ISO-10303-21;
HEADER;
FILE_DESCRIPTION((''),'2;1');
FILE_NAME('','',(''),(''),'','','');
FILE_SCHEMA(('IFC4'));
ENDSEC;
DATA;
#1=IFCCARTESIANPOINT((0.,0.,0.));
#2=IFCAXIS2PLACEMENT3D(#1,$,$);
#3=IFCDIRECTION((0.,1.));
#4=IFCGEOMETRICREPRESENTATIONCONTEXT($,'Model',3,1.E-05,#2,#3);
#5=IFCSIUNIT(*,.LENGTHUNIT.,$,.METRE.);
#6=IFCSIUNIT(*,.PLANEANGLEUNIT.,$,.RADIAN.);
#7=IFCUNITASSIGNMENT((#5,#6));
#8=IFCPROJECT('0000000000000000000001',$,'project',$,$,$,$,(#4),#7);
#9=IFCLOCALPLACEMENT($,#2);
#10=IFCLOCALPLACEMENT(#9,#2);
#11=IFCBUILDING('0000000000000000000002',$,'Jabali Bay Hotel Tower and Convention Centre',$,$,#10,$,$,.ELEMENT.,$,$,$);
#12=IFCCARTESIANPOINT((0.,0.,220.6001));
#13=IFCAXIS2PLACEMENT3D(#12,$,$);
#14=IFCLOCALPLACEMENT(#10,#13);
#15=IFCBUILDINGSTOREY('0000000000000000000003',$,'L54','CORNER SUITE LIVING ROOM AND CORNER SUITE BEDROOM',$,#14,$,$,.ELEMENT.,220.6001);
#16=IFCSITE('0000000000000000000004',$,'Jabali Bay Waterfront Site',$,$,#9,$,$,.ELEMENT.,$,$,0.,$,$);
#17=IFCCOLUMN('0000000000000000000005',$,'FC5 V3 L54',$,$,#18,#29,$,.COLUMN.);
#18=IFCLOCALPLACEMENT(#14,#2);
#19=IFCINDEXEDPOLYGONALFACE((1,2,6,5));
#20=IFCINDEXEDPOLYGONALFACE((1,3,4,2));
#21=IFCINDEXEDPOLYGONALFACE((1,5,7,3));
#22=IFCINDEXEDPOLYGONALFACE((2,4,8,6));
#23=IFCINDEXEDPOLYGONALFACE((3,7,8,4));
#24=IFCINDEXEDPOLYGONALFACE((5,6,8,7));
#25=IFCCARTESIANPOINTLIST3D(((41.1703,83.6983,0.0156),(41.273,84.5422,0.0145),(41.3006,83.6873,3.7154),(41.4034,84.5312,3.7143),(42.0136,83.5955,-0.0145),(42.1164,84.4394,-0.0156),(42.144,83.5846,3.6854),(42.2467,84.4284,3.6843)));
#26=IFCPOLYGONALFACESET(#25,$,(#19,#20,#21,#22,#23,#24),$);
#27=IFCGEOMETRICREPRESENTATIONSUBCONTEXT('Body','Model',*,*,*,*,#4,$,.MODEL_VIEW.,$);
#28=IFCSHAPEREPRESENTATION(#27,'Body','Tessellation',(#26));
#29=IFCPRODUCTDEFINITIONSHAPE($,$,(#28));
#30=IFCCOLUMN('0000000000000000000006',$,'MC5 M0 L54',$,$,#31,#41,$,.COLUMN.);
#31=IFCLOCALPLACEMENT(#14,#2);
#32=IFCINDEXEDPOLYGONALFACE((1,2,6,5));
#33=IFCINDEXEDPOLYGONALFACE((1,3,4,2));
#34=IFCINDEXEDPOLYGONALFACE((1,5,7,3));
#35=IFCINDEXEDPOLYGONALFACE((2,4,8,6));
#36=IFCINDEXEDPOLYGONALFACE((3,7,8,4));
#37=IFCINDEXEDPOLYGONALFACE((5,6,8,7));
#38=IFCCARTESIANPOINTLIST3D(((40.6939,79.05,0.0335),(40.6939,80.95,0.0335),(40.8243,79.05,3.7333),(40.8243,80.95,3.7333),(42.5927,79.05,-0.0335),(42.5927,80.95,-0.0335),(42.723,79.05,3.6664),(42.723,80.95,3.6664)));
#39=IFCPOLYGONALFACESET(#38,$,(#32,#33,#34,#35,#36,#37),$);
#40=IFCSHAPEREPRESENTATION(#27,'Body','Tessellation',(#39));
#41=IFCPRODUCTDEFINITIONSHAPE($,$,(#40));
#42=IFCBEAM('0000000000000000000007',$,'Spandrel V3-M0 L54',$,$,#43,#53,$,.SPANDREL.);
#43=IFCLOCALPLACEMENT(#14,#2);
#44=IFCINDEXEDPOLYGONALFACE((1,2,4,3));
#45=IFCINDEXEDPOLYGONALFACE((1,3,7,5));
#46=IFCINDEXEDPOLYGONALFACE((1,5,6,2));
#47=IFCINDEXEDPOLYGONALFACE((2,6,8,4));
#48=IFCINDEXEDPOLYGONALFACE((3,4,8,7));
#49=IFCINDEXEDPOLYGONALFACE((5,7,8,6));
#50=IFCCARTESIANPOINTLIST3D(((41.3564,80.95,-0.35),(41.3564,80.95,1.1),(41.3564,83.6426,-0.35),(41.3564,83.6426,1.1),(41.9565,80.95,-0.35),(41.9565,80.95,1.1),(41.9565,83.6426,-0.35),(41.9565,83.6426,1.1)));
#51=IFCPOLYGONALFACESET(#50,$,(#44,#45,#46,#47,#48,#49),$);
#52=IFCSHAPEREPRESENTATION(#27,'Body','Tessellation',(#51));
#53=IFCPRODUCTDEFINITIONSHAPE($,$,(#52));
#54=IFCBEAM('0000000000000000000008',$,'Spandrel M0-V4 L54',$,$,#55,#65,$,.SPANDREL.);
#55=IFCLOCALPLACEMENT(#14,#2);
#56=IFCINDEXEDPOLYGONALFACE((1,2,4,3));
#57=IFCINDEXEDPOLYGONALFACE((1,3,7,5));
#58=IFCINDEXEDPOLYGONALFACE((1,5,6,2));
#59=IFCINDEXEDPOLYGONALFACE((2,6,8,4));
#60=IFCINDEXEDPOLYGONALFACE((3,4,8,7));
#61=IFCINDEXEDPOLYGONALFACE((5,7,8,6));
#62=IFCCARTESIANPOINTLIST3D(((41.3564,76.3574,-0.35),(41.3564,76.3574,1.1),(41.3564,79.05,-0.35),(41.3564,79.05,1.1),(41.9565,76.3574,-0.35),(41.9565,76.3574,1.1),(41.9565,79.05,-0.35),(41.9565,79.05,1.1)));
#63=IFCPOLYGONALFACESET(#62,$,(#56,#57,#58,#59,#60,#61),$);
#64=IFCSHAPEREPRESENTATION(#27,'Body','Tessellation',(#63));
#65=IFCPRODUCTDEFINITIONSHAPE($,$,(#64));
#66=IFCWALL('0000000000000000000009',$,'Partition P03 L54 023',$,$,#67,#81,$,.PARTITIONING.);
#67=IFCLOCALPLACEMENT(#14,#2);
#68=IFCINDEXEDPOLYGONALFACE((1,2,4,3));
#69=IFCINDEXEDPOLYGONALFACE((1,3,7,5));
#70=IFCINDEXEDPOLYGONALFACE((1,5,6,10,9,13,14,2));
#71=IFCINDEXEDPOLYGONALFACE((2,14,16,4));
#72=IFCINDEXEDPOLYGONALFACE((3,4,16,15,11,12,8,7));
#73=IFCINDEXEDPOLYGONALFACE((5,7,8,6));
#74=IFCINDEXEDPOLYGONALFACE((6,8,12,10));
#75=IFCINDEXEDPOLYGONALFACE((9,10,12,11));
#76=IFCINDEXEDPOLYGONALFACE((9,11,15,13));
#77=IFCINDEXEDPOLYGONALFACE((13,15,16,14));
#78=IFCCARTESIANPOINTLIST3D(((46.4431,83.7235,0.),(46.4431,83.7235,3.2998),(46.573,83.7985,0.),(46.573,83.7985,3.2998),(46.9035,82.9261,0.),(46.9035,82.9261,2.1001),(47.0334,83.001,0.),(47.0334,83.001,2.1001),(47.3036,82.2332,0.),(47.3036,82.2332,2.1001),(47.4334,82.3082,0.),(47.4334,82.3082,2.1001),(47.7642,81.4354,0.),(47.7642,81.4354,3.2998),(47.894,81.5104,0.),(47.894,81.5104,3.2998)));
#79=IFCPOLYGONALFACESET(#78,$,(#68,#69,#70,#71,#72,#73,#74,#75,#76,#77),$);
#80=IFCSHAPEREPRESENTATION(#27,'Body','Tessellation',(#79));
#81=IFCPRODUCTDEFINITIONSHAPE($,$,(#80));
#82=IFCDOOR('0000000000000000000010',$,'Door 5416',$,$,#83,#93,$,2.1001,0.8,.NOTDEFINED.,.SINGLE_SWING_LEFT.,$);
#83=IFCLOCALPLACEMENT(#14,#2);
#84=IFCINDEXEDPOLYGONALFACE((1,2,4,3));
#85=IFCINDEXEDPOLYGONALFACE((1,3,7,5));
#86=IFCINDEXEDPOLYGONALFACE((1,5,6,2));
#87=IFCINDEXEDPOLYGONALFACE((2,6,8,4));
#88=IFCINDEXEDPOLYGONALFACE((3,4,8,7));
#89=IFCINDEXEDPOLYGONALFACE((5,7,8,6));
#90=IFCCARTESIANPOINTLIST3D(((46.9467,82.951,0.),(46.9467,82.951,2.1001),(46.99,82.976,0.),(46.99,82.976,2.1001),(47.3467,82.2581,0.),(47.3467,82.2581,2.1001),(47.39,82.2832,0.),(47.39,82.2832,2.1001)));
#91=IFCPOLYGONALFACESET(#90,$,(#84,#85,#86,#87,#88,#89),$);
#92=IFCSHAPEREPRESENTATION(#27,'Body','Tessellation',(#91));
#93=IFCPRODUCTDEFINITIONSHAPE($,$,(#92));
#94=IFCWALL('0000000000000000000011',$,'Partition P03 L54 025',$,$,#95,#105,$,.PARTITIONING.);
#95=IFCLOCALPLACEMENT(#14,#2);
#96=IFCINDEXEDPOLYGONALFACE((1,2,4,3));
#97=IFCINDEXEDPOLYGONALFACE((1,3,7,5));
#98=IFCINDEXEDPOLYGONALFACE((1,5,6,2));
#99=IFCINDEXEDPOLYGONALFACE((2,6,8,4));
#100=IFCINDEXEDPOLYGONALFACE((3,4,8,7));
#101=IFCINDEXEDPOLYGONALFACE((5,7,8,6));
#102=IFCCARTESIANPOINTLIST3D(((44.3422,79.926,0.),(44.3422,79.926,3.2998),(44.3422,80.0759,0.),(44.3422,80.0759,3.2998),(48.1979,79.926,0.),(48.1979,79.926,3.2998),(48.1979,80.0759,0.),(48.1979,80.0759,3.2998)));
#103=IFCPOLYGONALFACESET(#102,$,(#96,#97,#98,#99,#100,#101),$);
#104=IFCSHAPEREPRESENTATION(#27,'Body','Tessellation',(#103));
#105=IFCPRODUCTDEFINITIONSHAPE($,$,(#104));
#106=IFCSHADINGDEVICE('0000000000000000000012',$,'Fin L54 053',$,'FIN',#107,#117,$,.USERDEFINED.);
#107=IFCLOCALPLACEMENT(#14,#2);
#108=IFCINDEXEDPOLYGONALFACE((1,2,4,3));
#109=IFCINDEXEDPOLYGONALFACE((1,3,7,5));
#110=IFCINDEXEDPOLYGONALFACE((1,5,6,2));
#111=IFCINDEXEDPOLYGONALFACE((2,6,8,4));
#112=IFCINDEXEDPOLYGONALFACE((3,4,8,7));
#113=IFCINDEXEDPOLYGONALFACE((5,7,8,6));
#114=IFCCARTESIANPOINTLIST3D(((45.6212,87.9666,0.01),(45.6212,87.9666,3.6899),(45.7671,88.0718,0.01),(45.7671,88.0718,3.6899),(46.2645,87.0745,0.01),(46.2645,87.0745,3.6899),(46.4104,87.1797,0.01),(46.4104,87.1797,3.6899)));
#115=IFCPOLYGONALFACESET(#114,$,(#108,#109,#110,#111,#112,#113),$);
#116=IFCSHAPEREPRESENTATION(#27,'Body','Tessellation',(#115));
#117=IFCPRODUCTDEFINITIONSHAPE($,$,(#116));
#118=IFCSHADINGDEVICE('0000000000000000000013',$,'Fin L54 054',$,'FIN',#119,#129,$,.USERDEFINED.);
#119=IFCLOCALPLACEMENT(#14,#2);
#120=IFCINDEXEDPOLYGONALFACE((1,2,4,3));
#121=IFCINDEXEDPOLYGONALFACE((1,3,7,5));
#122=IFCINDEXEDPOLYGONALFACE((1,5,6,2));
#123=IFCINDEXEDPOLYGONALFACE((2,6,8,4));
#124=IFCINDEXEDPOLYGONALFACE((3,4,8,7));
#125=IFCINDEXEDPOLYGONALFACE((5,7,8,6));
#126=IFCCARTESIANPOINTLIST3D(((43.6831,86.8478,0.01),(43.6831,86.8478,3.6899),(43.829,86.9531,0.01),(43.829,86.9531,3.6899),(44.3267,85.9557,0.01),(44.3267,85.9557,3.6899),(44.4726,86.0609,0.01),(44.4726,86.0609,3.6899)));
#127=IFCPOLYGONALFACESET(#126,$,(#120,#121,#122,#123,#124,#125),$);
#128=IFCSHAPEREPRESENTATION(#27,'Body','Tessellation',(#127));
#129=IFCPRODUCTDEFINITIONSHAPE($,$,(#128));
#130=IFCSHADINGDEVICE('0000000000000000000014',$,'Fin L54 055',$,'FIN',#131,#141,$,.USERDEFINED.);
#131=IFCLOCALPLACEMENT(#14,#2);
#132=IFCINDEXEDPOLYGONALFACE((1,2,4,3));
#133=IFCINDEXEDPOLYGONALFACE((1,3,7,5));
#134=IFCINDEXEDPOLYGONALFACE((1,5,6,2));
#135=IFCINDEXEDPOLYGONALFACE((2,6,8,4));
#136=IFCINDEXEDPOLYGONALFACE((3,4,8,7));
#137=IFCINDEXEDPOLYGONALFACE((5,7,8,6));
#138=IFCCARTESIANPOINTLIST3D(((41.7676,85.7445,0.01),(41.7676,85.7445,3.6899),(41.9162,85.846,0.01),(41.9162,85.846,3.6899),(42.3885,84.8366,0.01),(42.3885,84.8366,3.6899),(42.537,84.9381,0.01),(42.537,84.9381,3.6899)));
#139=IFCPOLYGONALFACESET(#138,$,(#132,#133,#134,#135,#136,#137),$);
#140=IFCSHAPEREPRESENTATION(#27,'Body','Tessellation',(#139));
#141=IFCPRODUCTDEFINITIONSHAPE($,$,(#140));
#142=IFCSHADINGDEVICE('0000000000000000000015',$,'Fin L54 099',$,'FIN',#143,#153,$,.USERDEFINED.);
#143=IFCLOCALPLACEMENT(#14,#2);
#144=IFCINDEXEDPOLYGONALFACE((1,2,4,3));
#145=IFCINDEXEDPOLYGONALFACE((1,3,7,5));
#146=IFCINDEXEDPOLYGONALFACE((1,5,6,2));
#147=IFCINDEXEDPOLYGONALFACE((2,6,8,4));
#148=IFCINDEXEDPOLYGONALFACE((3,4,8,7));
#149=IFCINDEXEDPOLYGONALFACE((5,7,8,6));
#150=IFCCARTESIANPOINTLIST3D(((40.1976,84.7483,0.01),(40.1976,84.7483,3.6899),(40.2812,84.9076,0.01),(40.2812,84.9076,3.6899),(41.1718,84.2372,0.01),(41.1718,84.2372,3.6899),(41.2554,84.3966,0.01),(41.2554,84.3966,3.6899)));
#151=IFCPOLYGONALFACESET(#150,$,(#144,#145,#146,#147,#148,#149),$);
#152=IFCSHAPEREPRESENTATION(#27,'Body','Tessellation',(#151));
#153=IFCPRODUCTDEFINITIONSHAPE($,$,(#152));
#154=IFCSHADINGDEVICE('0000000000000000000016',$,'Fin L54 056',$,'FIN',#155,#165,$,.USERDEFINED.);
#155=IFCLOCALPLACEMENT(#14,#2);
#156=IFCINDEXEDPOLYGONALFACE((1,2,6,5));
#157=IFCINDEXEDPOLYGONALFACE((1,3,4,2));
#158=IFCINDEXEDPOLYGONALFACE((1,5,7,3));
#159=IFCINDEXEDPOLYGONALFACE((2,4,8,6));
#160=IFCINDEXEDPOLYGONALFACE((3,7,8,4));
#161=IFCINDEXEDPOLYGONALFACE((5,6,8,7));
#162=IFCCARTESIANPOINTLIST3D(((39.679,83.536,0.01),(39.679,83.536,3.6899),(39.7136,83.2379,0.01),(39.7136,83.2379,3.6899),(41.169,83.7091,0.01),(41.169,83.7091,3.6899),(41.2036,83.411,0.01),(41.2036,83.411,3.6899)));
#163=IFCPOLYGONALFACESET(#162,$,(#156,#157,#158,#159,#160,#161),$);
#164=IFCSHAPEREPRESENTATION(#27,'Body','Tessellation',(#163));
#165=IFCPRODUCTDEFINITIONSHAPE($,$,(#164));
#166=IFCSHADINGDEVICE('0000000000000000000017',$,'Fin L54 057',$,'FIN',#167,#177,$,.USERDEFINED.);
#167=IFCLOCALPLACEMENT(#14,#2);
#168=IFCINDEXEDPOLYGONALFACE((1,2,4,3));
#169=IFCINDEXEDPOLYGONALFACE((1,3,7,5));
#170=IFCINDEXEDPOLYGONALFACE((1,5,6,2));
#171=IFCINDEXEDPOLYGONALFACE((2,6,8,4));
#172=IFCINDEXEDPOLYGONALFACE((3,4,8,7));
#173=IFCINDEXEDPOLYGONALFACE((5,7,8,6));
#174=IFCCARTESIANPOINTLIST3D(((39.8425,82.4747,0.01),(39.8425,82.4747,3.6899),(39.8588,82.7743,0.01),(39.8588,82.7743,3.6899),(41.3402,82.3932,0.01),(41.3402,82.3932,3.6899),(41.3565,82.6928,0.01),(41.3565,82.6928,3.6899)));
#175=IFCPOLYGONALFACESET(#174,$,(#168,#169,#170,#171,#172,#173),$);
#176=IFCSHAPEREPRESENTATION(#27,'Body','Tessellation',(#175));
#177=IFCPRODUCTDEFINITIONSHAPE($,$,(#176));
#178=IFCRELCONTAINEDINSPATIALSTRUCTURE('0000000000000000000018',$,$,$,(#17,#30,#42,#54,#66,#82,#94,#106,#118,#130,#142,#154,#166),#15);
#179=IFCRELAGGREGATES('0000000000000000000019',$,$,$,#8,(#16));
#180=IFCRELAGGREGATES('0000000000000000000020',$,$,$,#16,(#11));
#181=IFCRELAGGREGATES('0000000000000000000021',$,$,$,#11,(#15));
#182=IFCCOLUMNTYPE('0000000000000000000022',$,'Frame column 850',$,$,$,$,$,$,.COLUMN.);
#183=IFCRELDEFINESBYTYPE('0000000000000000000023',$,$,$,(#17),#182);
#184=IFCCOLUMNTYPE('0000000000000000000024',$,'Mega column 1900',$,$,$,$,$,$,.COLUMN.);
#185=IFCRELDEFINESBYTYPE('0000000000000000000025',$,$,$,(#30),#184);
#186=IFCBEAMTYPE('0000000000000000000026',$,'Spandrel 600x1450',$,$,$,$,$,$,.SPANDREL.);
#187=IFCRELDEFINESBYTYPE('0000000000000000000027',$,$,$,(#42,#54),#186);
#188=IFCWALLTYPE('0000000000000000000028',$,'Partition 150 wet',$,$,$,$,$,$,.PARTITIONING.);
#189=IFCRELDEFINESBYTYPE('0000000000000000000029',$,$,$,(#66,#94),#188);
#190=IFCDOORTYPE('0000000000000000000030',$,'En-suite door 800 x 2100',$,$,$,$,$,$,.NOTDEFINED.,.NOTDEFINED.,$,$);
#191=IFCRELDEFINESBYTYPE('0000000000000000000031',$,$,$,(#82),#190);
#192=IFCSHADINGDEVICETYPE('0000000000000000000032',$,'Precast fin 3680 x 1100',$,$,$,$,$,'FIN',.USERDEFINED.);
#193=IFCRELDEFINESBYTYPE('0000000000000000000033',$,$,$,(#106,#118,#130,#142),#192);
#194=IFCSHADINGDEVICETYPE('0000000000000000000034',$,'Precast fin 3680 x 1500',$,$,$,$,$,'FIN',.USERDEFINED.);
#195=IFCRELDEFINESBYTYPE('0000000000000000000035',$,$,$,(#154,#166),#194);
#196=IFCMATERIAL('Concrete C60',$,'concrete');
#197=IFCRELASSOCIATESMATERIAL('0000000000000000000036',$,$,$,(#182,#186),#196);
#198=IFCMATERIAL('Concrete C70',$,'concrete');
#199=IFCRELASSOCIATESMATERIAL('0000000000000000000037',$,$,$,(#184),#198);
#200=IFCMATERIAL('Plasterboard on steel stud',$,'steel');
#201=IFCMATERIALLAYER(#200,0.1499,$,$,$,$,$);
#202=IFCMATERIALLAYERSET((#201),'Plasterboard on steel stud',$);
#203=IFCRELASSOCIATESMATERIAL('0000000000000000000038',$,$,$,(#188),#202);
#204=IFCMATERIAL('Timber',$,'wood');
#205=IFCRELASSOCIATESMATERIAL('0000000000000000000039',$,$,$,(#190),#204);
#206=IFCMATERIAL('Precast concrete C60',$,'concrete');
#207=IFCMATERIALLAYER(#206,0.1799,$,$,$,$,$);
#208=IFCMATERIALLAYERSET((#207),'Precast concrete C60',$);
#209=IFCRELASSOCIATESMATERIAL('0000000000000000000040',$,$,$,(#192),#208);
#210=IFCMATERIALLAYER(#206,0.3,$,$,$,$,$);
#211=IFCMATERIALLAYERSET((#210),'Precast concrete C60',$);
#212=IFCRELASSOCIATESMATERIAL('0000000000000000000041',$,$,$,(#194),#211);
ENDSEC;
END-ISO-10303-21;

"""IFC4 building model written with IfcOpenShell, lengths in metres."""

from ifc_helpers import new_model, si_unit, direction, frame, frame_2d, origin, origin_2d, place, context, subcontext, project, spatial, rectangle, extrude, material, layer, layer_set, material_profile, profile_set, type_object, element, fill, save


model = new_model("IFC4")

# Units and contexts
model_context = context("Model", 3, precision=1e-05, world=origin(), true_north=direction((0.0, 1.0)))
body_context = subcontext(model_context, "Body", "Model", "MODEL_VIEW")
ifc_project = project(units=[si_unit("LENGTHUNIT", "METRE"), si_unit("PLANEANGLEUNIT", "RADIAN")], contexts=[model_context])

# Site, building, storey
site_placement = place(None, origin())
site = spatial("IfcSite", under=ifc_project, at=site_placement, Name="Jabali Bay Waterfront Site", CompositionType="ELEMENT", RefElevation=0.0)
building_placement = place(site_placement, origin())
building = spatial("IfcBuilding", under=site, at=building_placement, Name="Jabali Bay Hotel Tower and Convention Centre", CompositionType="ELEMENT")
storey_placement = place(building_placement, frame((0.0, 0.0, 220.6001)))
storey = spatial("IfcBuildingStorey", under=building, at=storey_placement, Name="L54", Description="CORNER SUITE LIVING ROOM AND CORNER SUITE BEDROOM", CompositionType="ELEMENT", Elevation=220.6001)

# Columns
ifc_material_1 = material(Name="Concrete C60", Category="concrete")
ifc_material_profile_1 = material_profile(ifc_material_1, rectangle(XDim=0.8501, YDim=0.8501, at=origin_2d()), Name="Frame column 850")
ifc_profile_set_1 = profile_set([ifc_material_profile_1], Name="Concrete C60")
column_type_1 = type_object("IfcColumnType", Name="Frame column 850", PredefinedType="COLUMN", material=ifc_profile_set_1)
column_1_placement = place(storey_placement, frame((41.6433, 84.0688, 0.0), z_axis=(0.035214, -0.002967, 0.999375), x_axis=(-0.992039, 0.120874, 0.035314)))
element("IfcColumn", 1, at=column_1_placement, inside=storey, type_object=column_type_1, Name="FC5 V3 L54", PredefinedType="COLUMN", context=body_context, shape_type="SweptSolid", body=[
    extrude(rectangle(XDim=0.8501, YDim=0.8501, at=origin_2d()), origin(), (0.0, 0.0, 1.0), 3.7021),
])
ifc_material_2 = material(Name="Concrete C70", Category="concrete")
ifc_material_profile_2 = material_profile(ifc_material_2, rectangle(XDim=1.8999, YDim=1.8999, at=origin_2d()), Name="Mega column 1900")
ifc_profile_set_2 = profile_set([ifc_material_profile_2], Name="Concrete C70")
column_type_2 = type_object("IfcColumnType", Name="Mega column 1900", PredefinedType="COLUMN", material=ifc_profile_set_2)
column_2_placement = place(storey_placement, frame((41.6433, 80.0, 0.0), z_axis=(0.035214, 0.0, 0.99938), x_axis=(0.0, 1.0, 0.0)))
element("IfcColumn", 2, at=column_2_placement, inside=storey, type_object=column_type_2, Name="MC5 M0 L54", PredefinedType="COLUMN", context=body_context, shape_type="SweptSolid", body=[
    extrude(rectangle(XDim=1.8999, YDim=1.8999, at=origin_2d()), origin(), (0.0, 0.0, 1.0), 3.7021),
])

# Beams
ifc_material_profile_3 = material_profile(ifc_material_1, rectangle(XDim=0.6001, YDim=1.45, at=origin_2d()), Name="Spandrel 600x1450")
ifc_profile_set_3 = profile_set([ifc_material_profile_3], Name="Concrete C60")
beam_type = type_object("IfcBeamType", Name="Spandrel 600x1450", PredefinedType="SPANDREL", material=ifc_profile_set_3)
for number, where, z_axis, x_axis, name in (
    (3, (41.6565, 83.6426, 0.375), (0.0, -1.0, 0.0), (1.0, 0.0, 0.0), "Spandrel V3-M0 L54"),
    (4, (41.6565, 79.05, 0.375), (0.0, -1.0, 0.0), (1.0, 0.0, 0.0), "Spandrel M0-V4 L54"),
):
    element("IfcBeam", number, at=place(storey_placement, frame(where, z_axis=z_axis, x_axis=x_axis)), inside=storey, type_object=beam_type, Name=name, PredefinedType="SPANDREL", context=body_context, shape_type="SweptSolid", body=[
        extrude(rectangle(XDim=0.6001, YDim=1.45, at=origin_2d()), origin(), (0.0, 0.0, 1.0), 2.6926),
    ])

# Wall, opening, door
ifc_material_3 = material(Name="Plasterboard on steel stud", Category="steel")
ifc_layer_1 = layer(ifc_material_3, 0.1499)
ifc_layer_set_1 = layer_set([ifc_layer_1], Name="Plasterboard on steel stud")
wall_type_1 = type_object("IfcWallType", Name="Partition 150 wet", PredefinedType="PARTITIONING", material=ifc_layer_set_1)
wall_1_placement = place(storey_placement, frame((46.5081, 83.761, 0.0), z_axis=(0.0, 0.0, 1.0), x_axis=(0.500005, -0.866022, 0.0)))
wall_1 = element("IfcWall", 5, at=wall_1_placement, inside=storey, type_object=wall_type_1, Name="Partition P03 L54 023", PredefinedType="PARTITIONING", context=body_context, shape_type="SweptSolid", body=[
    extrude(rectangle(XDim=2.6421, YDim=0.1499, at=frame_2d((1.321, 0.0))), origin(), (0.0, 0.0, 1.0), 3.2998),
])
opening_1_placement = place(wall_1_placement, frame((0.9209, 0.0, 0.0)))
opening_1 = element("IfcOpeningElement", 6, at=opening_1_placement, cuts=wall_1, PredefinedType="OPENING", context=body_context, shape_type="SweptSolid", body=[
    extrude(rectangle(XDim=0.8, YDim=2.1001, at=frame_2d((0.3999, 1.05))), frame((0.0, 0.0854, 0.0), z_axis=(0.0, -1.0, 0.0), x_axis=(1.0, 0.0, 0.0)), (0.0, 0.0, 1.0), 0.1709),
])
ifc_material_4 = material(Name="Timber", Category="wood")
door_type_1 = type_object("IfcDoorType", Name="En-suite door 800 x 2100", OperationType="NOTDEFINED", PredefinedType="NOTDEFINED", material=ifc_material_4)
door_1_placement = place(opening_1_placement, origin())
door_1 = element("IfcDoor", 7, at=door_1_placement, inside=storey, type_object=door_type_1, Name="Door 5416", OperationType="SINGLE_SWING_LEFT", OverallHeight=2.1001, OverallWidth=0.8, PredefinedType="NOTDEFINED", context=body_context, shape_type="SweptSolid", body=[
    extrude(rectangle(XDim=0.8, YDim=2.1001, at=frame_2d((0.3999, 1.05))), frame((0.0, 0.0249, 0.0), z_axis=(0.0, -1.0, 0.0), x_axis=(1.0, 0.0, 0.0)), (0.0, 0.0, 1.0), 0.05),
])
fill(opening_1, door_1)

# Wall
wall_2_placement = place(storey_placement, frame((44.3423, 80.001, 0.0), z_axis=(0.0, 0.0, 1.0), x_axis=(1.0, 0.0, 0.0)))
element("IfcWall", 8, at=wall_2_placement, inside=storey, type_object=wall_type_1, Name="Partition P03 L54 025", PredefinedType="PARTITIONING", context=body_context, shape_type="SweptSolid", body=[
    extrude(rectangle(XDim=3.8557, YDim=0.1499, at=frame_2d((1.9277, 0.0))), origin(), (0.0, 0.0, 1.0), 3.2998),
])

# Shading devices
ifc_material_5 = material(Name="Precast concrete C60", Category="concrete")
ifc_layer_2 = layer(ifc_material_5, 0.1799)
ifc_layer_set_2 = layer_set([ifc_layer_2], Name="Precast concrete C60")
shading_device_type_1 = type_object("IfcShadingDeviceType", Name="Precast fin 3680 x 1100", ElementType="FIN", PredefinedType="USERDEFINED", material=ifc_layer_set_2)
shading_device_1_placement = place(storey_placement, frame((46.3374, 87.1272, 0.01), z_axis=(0.0, 0.0, 1.0), x_axis=(-0.584907, 0.8111, 0.0)))
element("IfcShadingDevice", 9, at=shading_device_1_placement, inside=storey, type_object=shading_device_type_1, Name="Fin L54 053", ObjectType="FIN", PredefinedType="USERDEFINED", context=body_context, shape_type="SweptSolid", body=[
    extrude(rectangle(XDim=1.0999, YDim=0.1799, at=frame_2d((0.5498, 0.0))), origin(), (0.0, 0.0, 1.0), 3.6799),
])
shading_device_2_placement = place(storey_placement, frame((44.3997, 86.0083, 0.01), z_axis=(0.0, 0.0, 1.0), x_axis=(-0.585053, 0.810995, 0.0)))
element("IfcShadingDevice", 10, at=shading_device_2_placement, inside=storey, type_object=shading_device_type_1, Name="Fin L54 054", ObjectType="FIN", PredefinedType="USERDEFINED", context=body_context, shape_type="SweptSolid", body=[
    extrude(rectangle(XDim=1.1001, YDim=0.1799, at=frame_2d((0.55, 0.0))), origin(), (0.0, 0.0, 1.0), 3.6799),
])
shading_device_3_placement = place(storey_placement, frame((42.4626, 84.8875, 0.01), z_axis=(0.0, 0.0, 1.0), x_axis=(-0.564445, 0.825471, 0.0)))
element("IfcShadingDevice", 11, at=shading_device_3_placement, inside=storey, type_object=shading_device_type_1, Name="Fin L54 055", ObjectType="FIN", PredefinedType="USERDEFINED", context=body_context, shape_type="SweptSolid", body=[
    extrude(rectangle(XDim=1.0999, YDim=0.1799, at=frame_2d((0.5498, 0.0))), origin(), (0.0, 0.0, 1.0), 3.6799),
])
shading_device_4_placement = place(storey_placement, frame((41.2136, 84.3169, 0.01), z_axis=(0.0, 0.0, 1.0), x_axis=(-0.885558, 0.464529, 0.0)))
element("IfcShadingDevice", 12, at=shading_device_4_placement, inside=storey, type_object=shading_device_type_1, Name="Fin L54 099", ObjectType="FIN", PredefinedType="USERDEFINED", context=body_context, shape_type="SweptSolid", body=[
    extrude(rectangle(XDim=1.1001, YDim=0.1799, at=frame_2d((0.55, 0.0))), origin(), (0.0, 0.0, 1.0), 3.6799),
])
ifc_layer_3 = layer(ifc_material_5, 0.3)
ifc_layer_set_3 = layer_set([ifc_layer_3], Name="Precast concrete C60")
shading_device_type_2 = type_object("IfcShadingDeviceType", Name="Precast fin 3680 x 1500", ElementType="FIN", PredefinedType="USERDEFINED", material=ifc_layer_set_3)
for number, where, z_axis, x_axis, name in (
    (13, (41.1863, 83.5601, 0.01), (0.0, 0.0, 1.0), (-0.99332, -0.115396, 0.0), "Fin L54 056"),
    (14, (41.3484, 82.543, 0.01), (0.0, 0.0, 1.0), (-0.998521, 0.054361, 0.0), "Fin L54 057"),
):
    element("IfcShadingDevice", number, at=place(storey_placement, frame(where, z_axis=z_axis, x_axis=x_axis)), inside=storey, type_object=shading_device_type_2, Name=name, ObjectType="FIN", PredefinedType="USERDEFINED", context=body_context, shape_type="SweptSolid", body=[
        extrude(rectangle(XDim=1.5, YDim=0.3, at=frame_2d((0.75, 0.0))), origin(), (0.0, 0.0, 1.0), 3.6799),
    ])

save(model, "model.ifc")
